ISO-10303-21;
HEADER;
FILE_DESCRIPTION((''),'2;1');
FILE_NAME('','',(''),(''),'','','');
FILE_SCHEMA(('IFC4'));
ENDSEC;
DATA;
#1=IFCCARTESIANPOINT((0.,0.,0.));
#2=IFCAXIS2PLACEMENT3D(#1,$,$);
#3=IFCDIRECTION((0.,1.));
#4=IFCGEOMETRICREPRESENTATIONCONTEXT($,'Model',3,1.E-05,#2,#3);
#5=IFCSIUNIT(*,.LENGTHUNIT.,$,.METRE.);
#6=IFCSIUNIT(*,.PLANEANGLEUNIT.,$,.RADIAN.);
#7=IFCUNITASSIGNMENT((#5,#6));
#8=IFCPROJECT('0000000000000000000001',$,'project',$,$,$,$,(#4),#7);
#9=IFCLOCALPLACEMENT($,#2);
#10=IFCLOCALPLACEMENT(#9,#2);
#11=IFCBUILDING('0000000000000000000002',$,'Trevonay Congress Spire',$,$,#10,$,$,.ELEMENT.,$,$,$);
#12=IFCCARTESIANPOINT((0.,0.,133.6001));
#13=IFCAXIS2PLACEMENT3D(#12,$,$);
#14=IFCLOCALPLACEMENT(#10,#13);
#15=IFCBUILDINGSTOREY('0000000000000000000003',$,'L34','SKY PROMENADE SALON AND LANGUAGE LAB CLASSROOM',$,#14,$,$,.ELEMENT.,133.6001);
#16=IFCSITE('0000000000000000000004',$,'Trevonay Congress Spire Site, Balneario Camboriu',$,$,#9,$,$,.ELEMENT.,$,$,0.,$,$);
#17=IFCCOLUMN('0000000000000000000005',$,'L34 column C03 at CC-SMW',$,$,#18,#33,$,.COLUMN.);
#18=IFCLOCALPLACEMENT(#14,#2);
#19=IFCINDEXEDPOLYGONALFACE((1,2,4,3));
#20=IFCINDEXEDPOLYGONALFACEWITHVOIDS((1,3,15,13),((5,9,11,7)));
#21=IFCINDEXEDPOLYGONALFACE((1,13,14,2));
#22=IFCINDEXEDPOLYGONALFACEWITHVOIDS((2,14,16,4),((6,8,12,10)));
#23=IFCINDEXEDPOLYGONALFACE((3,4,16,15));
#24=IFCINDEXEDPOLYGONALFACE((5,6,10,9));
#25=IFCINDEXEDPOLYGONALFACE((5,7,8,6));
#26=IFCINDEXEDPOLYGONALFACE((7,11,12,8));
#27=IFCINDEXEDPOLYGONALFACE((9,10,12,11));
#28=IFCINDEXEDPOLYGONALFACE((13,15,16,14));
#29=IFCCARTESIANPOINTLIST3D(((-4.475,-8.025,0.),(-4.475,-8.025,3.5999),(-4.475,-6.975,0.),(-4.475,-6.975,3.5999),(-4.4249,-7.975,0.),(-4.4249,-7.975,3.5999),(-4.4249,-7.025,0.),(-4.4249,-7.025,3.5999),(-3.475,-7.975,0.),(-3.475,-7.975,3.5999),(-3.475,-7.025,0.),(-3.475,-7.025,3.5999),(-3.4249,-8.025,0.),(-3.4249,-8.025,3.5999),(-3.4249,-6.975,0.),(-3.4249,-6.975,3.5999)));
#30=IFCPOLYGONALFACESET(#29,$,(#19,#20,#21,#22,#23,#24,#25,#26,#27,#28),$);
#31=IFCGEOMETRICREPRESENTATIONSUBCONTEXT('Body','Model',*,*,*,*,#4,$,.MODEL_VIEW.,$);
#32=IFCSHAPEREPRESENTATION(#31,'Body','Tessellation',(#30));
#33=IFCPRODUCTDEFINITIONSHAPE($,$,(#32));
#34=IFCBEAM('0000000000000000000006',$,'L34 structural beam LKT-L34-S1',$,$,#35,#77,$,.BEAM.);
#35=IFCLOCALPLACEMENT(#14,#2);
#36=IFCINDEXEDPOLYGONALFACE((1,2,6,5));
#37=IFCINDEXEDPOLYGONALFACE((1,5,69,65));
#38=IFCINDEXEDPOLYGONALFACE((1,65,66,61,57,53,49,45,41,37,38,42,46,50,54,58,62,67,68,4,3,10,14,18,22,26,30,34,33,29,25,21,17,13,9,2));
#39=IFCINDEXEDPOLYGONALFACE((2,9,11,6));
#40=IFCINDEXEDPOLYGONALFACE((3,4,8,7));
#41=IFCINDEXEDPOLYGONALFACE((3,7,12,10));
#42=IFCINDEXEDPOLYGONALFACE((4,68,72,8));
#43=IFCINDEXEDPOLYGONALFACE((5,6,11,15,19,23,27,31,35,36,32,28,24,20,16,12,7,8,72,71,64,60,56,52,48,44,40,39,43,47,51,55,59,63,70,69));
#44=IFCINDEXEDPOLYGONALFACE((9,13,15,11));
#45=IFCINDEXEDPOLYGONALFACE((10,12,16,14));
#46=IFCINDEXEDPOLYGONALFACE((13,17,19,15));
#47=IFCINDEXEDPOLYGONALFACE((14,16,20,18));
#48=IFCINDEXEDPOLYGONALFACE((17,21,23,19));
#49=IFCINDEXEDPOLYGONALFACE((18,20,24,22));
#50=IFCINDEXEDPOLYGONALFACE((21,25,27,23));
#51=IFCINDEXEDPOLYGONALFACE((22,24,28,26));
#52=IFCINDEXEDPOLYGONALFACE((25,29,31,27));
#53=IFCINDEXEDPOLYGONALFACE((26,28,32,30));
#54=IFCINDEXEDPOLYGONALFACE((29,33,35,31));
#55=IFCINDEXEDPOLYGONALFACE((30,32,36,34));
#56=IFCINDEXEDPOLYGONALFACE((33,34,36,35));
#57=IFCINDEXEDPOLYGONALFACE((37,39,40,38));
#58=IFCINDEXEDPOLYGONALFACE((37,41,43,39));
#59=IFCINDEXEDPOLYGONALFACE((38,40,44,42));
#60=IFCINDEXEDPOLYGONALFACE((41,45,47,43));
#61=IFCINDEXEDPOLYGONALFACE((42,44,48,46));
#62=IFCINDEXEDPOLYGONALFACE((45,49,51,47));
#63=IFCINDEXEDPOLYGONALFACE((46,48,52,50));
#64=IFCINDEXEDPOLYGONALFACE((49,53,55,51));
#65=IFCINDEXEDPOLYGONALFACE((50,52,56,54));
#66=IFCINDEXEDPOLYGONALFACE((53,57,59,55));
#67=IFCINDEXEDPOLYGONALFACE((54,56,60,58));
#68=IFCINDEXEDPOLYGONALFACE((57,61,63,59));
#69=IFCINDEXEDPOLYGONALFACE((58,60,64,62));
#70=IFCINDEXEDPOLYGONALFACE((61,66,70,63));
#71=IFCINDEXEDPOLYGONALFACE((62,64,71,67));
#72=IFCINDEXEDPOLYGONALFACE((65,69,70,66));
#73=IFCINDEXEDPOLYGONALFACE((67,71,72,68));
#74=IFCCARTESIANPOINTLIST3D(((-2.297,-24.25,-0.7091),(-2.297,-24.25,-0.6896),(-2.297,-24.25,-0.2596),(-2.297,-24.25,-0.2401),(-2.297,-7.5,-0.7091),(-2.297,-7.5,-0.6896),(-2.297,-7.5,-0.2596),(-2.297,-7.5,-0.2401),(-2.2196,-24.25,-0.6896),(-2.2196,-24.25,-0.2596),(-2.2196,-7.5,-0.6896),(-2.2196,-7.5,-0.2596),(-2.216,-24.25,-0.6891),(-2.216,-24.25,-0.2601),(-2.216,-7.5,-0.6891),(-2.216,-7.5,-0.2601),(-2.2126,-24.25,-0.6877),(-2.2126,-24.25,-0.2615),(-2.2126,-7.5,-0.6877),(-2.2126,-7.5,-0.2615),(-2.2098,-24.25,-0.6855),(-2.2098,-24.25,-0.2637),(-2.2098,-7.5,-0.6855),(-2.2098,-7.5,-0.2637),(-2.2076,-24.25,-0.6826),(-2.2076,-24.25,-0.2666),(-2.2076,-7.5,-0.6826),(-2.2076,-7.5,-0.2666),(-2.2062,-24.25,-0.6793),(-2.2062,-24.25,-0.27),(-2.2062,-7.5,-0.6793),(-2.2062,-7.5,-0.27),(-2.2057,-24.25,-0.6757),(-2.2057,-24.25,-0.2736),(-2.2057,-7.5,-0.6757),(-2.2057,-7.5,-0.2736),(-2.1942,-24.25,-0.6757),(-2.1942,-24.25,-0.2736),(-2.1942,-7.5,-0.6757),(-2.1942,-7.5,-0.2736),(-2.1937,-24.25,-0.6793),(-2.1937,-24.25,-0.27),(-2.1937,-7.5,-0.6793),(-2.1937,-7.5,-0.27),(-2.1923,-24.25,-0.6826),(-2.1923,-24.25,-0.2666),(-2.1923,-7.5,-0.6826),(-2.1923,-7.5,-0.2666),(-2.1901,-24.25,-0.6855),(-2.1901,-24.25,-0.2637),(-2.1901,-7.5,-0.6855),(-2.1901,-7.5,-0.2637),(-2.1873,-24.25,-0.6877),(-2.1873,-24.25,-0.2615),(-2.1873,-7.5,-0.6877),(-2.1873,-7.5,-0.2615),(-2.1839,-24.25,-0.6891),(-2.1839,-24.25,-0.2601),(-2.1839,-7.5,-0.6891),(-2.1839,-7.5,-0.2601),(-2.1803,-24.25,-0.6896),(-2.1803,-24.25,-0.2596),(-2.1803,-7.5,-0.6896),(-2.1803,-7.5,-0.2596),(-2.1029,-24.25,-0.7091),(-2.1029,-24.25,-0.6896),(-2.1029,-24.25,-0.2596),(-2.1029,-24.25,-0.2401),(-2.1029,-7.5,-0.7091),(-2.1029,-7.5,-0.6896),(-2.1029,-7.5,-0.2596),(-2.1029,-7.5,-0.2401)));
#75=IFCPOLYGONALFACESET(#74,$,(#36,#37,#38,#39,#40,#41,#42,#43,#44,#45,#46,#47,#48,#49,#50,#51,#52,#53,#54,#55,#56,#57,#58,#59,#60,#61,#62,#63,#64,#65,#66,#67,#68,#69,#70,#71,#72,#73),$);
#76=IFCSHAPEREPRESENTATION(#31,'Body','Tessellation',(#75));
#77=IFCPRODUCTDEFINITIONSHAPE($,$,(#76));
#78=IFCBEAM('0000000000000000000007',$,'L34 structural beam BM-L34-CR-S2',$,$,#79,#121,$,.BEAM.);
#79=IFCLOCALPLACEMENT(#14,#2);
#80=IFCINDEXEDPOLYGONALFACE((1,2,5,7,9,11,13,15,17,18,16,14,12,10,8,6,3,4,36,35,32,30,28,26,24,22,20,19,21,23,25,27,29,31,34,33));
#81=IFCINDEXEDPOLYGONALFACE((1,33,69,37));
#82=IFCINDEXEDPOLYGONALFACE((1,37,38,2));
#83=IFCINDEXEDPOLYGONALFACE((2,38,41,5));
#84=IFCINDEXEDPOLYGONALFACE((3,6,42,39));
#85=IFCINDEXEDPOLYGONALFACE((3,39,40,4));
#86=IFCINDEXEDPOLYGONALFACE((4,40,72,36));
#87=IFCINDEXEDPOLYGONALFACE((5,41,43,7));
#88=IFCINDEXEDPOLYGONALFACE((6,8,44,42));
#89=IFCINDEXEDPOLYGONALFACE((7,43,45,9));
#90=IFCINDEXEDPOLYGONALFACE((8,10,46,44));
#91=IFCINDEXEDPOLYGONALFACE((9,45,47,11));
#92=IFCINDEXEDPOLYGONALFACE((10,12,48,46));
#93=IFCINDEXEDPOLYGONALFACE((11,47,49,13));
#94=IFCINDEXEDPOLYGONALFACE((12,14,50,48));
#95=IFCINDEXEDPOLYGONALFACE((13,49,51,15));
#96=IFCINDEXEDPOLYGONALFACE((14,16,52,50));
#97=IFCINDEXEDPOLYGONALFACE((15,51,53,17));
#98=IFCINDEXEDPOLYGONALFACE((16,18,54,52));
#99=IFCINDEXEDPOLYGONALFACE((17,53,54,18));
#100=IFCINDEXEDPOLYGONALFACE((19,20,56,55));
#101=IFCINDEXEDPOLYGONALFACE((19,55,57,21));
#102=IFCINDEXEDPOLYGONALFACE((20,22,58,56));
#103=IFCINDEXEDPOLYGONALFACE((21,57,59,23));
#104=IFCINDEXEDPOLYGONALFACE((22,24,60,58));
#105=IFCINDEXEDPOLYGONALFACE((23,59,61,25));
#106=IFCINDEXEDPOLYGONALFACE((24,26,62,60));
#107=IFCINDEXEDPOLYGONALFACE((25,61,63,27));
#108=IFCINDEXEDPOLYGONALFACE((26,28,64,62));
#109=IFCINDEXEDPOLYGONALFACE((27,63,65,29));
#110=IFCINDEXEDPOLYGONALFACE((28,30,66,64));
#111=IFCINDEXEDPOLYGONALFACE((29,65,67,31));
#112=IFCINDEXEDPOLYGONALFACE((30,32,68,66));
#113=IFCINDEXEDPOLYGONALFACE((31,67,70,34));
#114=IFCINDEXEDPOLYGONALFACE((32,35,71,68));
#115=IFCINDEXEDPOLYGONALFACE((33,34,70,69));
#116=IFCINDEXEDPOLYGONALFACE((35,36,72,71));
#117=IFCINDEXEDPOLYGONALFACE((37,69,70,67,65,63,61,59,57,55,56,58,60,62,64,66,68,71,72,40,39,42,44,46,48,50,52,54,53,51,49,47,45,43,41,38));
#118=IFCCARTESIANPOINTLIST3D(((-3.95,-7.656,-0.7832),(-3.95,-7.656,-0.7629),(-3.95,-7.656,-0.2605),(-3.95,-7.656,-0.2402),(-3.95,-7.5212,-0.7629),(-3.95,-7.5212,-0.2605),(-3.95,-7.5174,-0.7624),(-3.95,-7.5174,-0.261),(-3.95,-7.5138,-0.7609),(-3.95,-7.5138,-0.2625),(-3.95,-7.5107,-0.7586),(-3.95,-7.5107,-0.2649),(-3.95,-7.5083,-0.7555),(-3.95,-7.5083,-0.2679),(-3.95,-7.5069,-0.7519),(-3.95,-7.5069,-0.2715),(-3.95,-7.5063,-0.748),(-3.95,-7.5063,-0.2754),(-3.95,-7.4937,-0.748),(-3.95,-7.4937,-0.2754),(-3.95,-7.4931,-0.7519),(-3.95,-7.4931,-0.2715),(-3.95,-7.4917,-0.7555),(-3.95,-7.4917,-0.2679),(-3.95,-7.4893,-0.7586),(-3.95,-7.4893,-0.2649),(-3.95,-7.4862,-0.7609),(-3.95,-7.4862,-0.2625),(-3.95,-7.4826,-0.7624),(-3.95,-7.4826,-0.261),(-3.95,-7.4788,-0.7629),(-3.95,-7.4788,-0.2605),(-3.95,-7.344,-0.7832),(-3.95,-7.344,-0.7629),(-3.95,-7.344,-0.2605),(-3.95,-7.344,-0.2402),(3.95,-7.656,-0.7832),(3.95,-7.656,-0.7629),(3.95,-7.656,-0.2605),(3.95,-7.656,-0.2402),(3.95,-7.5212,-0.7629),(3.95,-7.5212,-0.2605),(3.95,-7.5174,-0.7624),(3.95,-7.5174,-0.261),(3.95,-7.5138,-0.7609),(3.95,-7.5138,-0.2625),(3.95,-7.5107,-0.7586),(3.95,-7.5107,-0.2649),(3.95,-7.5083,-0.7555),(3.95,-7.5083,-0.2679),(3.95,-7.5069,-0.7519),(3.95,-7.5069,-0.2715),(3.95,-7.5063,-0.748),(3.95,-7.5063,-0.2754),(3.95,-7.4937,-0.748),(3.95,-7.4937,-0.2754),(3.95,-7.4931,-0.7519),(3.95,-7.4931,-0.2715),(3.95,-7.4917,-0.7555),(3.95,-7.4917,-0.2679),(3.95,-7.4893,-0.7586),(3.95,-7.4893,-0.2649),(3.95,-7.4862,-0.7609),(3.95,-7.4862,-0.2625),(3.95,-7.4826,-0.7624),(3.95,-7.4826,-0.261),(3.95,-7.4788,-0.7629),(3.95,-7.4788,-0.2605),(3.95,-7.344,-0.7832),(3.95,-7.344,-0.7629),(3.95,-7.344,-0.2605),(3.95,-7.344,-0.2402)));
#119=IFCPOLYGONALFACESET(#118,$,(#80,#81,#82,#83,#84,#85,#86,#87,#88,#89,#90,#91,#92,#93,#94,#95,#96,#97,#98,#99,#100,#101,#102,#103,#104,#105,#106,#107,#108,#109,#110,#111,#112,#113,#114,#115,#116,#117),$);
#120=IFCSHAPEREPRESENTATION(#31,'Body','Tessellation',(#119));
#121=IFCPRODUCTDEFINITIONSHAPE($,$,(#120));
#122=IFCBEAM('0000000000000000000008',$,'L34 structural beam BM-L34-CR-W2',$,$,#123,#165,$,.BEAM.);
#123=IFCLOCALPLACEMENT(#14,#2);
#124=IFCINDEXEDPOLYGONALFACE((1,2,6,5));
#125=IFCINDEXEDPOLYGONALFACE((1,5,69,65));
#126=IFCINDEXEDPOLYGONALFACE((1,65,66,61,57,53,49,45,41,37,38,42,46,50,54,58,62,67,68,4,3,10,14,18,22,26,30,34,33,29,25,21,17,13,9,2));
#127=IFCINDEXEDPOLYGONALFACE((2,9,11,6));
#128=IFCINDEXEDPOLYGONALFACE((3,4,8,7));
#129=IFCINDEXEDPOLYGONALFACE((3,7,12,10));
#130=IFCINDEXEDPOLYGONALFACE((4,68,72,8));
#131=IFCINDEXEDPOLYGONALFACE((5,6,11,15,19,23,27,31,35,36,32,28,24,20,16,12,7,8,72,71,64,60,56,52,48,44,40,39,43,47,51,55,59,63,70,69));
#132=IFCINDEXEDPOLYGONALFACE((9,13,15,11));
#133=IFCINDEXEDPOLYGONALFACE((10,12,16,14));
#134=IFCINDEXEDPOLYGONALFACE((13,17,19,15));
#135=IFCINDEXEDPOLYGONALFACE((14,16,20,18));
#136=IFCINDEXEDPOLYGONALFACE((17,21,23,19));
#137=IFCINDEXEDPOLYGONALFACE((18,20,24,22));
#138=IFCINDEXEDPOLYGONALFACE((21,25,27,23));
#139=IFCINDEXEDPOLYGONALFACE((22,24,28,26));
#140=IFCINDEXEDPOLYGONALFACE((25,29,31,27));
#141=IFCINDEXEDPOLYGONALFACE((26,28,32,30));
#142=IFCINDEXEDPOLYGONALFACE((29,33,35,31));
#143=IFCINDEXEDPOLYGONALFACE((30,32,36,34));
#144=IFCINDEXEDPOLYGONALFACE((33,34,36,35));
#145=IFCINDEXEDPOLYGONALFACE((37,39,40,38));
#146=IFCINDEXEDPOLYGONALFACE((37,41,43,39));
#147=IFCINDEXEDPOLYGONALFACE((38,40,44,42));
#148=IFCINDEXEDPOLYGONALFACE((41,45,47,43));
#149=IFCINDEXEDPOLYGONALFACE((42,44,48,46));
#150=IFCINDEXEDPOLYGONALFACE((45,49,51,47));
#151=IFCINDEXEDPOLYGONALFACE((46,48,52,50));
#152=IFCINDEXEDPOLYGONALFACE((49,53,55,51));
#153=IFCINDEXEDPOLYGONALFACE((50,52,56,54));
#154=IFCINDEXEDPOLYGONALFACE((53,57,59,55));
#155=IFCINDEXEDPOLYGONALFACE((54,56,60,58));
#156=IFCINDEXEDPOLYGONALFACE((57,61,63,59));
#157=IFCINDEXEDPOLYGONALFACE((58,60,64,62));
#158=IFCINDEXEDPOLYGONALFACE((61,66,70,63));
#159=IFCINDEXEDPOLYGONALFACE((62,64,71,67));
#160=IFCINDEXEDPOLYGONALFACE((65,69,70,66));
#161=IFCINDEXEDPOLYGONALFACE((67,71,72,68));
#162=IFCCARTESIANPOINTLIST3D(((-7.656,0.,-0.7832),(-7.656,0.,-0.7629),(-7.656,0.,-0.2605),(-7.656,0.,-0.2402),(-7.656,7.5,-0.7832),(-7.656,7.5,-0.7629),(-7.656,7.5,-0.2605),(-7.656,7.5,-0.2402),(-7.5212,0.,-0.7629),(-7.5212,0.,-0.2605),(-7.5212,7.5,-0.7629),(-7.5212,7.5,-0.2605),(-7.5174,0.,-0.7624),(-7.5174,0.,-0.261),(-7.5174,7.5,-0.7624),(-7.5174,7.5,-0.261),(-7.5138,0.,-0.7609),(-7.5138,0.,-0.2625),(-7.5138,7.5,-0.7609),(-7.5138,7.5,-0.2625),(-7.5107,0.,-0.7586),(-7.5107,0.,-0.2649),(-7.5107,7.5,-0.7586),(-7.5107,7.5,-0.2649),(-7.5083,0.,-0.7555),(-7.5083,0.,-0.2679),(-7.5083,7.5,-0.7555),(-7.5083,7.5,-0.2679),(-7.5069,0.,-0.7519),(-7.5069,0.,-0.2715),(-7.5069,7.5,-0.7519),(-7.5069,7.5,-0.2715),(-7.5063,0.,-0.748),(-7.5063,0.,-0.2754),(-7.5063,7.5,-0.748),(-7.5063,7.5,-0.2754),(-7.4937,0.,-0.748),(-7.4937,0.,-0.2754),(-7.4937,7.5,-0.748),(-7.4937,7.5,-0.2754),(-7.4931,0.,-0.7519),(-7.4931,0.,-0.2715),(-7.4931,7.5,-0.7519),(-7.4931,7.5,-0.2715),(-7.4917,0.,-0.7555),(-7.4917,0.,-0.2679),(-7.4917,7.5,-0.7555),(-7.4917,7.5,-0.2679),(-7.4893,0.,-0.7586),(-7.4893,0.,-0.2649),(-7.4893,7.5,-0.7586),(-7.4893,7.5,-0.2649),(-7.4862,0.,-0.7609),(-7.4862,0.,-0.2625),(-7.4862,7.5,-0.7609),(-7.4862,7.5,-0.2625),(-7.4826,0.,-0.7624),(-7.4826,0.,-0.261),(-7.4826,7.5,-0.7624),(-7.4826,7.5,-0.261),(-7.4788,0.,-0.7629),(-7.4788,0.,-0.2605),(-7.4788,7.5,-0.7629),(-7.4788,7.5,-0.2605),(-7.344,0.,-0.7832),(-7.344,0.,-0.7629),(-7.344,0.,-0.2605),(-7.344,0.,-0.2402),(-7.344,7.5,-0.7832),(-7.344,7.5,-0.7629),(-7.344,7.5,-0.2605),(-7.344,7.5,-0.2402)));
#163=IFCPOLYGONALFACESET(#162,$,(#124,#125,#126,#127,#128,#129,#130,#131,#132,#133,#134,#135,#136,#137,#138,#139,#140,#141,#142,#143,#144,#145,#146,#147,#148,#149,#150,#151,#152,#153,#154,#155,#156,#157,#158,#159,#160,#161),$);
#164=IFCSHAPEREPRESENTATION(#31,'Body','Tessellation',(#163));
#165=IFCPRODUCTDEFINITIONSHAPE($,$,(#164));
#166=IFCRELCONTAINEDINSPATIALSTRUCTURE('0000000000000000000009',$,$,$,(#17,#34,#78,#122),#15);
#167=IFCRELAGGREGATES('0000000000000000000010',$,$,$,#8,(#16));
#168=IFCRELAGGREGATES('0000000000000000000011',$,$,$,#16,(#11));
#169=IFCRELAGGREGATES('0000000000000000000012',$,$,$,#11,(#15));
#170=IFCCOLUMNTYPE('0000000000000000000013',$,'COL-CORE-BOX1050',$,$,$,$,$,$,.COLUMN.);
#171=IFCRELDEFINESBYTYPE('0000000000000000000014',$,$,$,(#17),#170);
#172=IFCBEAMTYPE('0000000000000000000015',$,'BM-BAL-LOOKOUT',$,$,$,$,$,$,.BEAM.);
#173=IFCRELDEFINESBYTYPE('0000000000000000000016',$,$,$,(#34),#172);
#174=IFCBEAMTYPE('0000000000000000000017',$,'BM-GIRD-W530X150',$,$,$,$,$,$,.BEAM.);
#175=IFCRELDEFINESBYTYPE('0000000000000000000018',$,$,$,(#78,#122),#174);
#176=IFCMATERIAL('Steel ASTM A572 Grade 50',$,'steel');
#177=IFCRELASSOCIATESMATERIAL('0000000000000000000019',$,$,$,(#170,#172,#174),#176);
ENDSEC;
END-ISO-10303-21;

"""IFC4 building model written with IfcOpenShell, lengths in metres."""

from ifc_helpers import new_model, si_unit, direction, frame, origin, origin_2d, place, context, subcontext, project, spatial, hollow_rectangle, i_section, extrude, material, material_profile, profile_set, type_object, element, save


model = new_model("IFC4")

# Units and contexts
model_context = context("Model", 3, precision=1e-05, world=origin(), true_north=direction((0.0, 1.0)))
body_context = subcontext(model_context, "Body", "Model", "MODEL_VIEW")
ifc_project = project(units=[si_unit("LENGTHUNIT", "METRE"), si_unit("PLANEANGLEUNIT", "RADIAN")], contexts=[model_context])

# Site, building, storey
site_placement = place(None, origin())
site = spatial("IfcSite", under=ifc_project, at=site_placement, Name="Trevonay Congress Spire Site, Balneario Camboriu", CompositionType="ELEMENT", RefElevation=0.0)
building_placement = place(site_placement, origin())
building = spatial("IfcBuilding", under=site, at=building_placement, Name="Trevonay Congress Spire", CompositionType="ELEMENT")
storey_placement = place(building_placement, frame((0.0, 0.0, 133.6001)))
storey = spatial("IfcBuildingStorey", under=building, at=storey_placement, Name="L34", Description="SKY PROMENADE SALON AND LANGUAGE LAB CLASSROOM", CompositionType="ELEMENT", Elevation=133.6001)

# Column
ifc_material_1 = material(Name="Steel ASTM A572 Grade 50", Category="steel")
ifc_material_profile_1 = material_profile(ifc_material_1, hollow_rectangle(XDim=1.05, YDim=1.05, WallThickness=0.05, at=origin_2d()), Name="BOX 1050x1050x50")
ifc_profile_set_1 = profile_set([ifc_material_profile_1], Name="Steel ASTM A572 Grade 50")
column_type = type_object("IfcColumnType", Name="COL-CORE-BOX1050", PredefinedType="COLUMN", material=ifc_profile_set_1)
column_placement = place(storey_placement, frame((-3.95, -7.5, 0.0), z_axis=(0.0, 0.0, 1.0), x_axis=(1.0, 0.0, 0.0)))
element("IfcColumn", 1, at=column_placement, inside=storey, type_object=column_type, Name="L34 column C03 at CC-SMW", PredefinedType="COLUMN", context=body_context, shape_type="SweptSolid", body=[
    extrude(hollow_rectangle(XDim=1.05, YDim=1.05, WallThickness=0.05, at=origin_2d()), origin(), (0.0, 0.0, 1.0), 3.5999),
])

# Beams
ifc_material_profile_2 = material_profile(ifc_material_1, i_section(OverallWidth=0.1941, OverallDepth=0.469, WebThickness=0.0115, FlangeThickness=0.0195, FilletRadius=0.0139, at=origin_2d()), Name="W460x106")
ifc_profile_set_2 = profile_set([ifc_material_profile_2], Name="Steel ASTM A572 Grade 50")
beam_type_1 = type_object("IfcBeamType", Name="BM-BAL-LOOKOUT", PredefinedType="BEAM", material=ifc_profile_set_2)
beam_1_placement = place(storey_placement, frame((-2.2, -7.5, -0.4746), z_axis=(0.0, -1.0, 0.0), x_axis=(1.0, 0.0, 0.0)))
element("IfcBeam", 2, at=beam_1_placement, inside=storey, type_object=beam_type_1, Name="L34 structural beam LKT-L34-S1", PredefinedType="BEAM", context=body_context, shape_type="SweptSolid", body=[
    extrude(i_section(OverallWidth=0.1941, OverallDepth=0.469, WebThickness=0.0115, FlangeThickness=0.0195, FilletRadius=0.0139, at=origin_2d()), origin(), (0.0, 0.0, 1.0), 16.75),
])
ifc_material_profile_3 = material_profile(ifc_material_1, i_section(OverallWidth=0.312, OverallDepth=0.543, WebThickness=0.0127, FlangeThickness=0.0203, FilletRadius=0.0149, at=origin_2d()), Name="W530x150")
ifc_profile_set_3 = profile_set([ifc_material_profile_3], Name="Steel ASTM A572 Grade 50")
beam_type_2 = type_object("IfcBeamType", Name="BM-GIRD-W530X150", PredefinedType="BEAM", material=ifc_profile_set_3)
beam_2_placement = place(storey_placement, frame((-3.95, -7.5, -0.5117), z_axis=(1.0, 0.0, 0.0), x_axis=(0.0, 1.0, 0.0)))
element("IfcBeam", 3, at=beam_2_placement, inside=storey, type_object=beam_type_2, Name="L34 structural beam BM-L34-CR-S2", PredefinedType="BEAM", context=body_context, shape_type="SweptSolid", body=[
    extrude(i_section(OverallWidth=0.312, OverallDepth=0.543, WebThickness=0.0127, FlangeThickness=0.0203, FilletRadius=0.0149, at=origin_2d()), origin(), (0.0, 0.0, 1.0), 7.8999),
])
beam_3_placement = place(storey_placement, frame((-7.5, 0.0, -0.5117), z_axis=(0.0, 1.0, 0.0), x_axis=(-1.0, 0.0, 0.0)))
element("IfcBeam", 4, at=beam_3_placement, inside=storey, type_object=beam_type_2, Name="L34 structural beam BM-L34-CR-W2", PredefinedType="BEAM", context=body_context, shape_type="SweptSolid", body=[
    extrude(i_section(OverallWidth=0.312, OverallDepth=0.543, WebThickness=0.0127, FlangeThickness=0.0203, FilletRadius=0.0149, at=origin_2d()), origin(), (0.0, 0.0, 1.0), 7.5),
])

save(model, "model.ifc")
